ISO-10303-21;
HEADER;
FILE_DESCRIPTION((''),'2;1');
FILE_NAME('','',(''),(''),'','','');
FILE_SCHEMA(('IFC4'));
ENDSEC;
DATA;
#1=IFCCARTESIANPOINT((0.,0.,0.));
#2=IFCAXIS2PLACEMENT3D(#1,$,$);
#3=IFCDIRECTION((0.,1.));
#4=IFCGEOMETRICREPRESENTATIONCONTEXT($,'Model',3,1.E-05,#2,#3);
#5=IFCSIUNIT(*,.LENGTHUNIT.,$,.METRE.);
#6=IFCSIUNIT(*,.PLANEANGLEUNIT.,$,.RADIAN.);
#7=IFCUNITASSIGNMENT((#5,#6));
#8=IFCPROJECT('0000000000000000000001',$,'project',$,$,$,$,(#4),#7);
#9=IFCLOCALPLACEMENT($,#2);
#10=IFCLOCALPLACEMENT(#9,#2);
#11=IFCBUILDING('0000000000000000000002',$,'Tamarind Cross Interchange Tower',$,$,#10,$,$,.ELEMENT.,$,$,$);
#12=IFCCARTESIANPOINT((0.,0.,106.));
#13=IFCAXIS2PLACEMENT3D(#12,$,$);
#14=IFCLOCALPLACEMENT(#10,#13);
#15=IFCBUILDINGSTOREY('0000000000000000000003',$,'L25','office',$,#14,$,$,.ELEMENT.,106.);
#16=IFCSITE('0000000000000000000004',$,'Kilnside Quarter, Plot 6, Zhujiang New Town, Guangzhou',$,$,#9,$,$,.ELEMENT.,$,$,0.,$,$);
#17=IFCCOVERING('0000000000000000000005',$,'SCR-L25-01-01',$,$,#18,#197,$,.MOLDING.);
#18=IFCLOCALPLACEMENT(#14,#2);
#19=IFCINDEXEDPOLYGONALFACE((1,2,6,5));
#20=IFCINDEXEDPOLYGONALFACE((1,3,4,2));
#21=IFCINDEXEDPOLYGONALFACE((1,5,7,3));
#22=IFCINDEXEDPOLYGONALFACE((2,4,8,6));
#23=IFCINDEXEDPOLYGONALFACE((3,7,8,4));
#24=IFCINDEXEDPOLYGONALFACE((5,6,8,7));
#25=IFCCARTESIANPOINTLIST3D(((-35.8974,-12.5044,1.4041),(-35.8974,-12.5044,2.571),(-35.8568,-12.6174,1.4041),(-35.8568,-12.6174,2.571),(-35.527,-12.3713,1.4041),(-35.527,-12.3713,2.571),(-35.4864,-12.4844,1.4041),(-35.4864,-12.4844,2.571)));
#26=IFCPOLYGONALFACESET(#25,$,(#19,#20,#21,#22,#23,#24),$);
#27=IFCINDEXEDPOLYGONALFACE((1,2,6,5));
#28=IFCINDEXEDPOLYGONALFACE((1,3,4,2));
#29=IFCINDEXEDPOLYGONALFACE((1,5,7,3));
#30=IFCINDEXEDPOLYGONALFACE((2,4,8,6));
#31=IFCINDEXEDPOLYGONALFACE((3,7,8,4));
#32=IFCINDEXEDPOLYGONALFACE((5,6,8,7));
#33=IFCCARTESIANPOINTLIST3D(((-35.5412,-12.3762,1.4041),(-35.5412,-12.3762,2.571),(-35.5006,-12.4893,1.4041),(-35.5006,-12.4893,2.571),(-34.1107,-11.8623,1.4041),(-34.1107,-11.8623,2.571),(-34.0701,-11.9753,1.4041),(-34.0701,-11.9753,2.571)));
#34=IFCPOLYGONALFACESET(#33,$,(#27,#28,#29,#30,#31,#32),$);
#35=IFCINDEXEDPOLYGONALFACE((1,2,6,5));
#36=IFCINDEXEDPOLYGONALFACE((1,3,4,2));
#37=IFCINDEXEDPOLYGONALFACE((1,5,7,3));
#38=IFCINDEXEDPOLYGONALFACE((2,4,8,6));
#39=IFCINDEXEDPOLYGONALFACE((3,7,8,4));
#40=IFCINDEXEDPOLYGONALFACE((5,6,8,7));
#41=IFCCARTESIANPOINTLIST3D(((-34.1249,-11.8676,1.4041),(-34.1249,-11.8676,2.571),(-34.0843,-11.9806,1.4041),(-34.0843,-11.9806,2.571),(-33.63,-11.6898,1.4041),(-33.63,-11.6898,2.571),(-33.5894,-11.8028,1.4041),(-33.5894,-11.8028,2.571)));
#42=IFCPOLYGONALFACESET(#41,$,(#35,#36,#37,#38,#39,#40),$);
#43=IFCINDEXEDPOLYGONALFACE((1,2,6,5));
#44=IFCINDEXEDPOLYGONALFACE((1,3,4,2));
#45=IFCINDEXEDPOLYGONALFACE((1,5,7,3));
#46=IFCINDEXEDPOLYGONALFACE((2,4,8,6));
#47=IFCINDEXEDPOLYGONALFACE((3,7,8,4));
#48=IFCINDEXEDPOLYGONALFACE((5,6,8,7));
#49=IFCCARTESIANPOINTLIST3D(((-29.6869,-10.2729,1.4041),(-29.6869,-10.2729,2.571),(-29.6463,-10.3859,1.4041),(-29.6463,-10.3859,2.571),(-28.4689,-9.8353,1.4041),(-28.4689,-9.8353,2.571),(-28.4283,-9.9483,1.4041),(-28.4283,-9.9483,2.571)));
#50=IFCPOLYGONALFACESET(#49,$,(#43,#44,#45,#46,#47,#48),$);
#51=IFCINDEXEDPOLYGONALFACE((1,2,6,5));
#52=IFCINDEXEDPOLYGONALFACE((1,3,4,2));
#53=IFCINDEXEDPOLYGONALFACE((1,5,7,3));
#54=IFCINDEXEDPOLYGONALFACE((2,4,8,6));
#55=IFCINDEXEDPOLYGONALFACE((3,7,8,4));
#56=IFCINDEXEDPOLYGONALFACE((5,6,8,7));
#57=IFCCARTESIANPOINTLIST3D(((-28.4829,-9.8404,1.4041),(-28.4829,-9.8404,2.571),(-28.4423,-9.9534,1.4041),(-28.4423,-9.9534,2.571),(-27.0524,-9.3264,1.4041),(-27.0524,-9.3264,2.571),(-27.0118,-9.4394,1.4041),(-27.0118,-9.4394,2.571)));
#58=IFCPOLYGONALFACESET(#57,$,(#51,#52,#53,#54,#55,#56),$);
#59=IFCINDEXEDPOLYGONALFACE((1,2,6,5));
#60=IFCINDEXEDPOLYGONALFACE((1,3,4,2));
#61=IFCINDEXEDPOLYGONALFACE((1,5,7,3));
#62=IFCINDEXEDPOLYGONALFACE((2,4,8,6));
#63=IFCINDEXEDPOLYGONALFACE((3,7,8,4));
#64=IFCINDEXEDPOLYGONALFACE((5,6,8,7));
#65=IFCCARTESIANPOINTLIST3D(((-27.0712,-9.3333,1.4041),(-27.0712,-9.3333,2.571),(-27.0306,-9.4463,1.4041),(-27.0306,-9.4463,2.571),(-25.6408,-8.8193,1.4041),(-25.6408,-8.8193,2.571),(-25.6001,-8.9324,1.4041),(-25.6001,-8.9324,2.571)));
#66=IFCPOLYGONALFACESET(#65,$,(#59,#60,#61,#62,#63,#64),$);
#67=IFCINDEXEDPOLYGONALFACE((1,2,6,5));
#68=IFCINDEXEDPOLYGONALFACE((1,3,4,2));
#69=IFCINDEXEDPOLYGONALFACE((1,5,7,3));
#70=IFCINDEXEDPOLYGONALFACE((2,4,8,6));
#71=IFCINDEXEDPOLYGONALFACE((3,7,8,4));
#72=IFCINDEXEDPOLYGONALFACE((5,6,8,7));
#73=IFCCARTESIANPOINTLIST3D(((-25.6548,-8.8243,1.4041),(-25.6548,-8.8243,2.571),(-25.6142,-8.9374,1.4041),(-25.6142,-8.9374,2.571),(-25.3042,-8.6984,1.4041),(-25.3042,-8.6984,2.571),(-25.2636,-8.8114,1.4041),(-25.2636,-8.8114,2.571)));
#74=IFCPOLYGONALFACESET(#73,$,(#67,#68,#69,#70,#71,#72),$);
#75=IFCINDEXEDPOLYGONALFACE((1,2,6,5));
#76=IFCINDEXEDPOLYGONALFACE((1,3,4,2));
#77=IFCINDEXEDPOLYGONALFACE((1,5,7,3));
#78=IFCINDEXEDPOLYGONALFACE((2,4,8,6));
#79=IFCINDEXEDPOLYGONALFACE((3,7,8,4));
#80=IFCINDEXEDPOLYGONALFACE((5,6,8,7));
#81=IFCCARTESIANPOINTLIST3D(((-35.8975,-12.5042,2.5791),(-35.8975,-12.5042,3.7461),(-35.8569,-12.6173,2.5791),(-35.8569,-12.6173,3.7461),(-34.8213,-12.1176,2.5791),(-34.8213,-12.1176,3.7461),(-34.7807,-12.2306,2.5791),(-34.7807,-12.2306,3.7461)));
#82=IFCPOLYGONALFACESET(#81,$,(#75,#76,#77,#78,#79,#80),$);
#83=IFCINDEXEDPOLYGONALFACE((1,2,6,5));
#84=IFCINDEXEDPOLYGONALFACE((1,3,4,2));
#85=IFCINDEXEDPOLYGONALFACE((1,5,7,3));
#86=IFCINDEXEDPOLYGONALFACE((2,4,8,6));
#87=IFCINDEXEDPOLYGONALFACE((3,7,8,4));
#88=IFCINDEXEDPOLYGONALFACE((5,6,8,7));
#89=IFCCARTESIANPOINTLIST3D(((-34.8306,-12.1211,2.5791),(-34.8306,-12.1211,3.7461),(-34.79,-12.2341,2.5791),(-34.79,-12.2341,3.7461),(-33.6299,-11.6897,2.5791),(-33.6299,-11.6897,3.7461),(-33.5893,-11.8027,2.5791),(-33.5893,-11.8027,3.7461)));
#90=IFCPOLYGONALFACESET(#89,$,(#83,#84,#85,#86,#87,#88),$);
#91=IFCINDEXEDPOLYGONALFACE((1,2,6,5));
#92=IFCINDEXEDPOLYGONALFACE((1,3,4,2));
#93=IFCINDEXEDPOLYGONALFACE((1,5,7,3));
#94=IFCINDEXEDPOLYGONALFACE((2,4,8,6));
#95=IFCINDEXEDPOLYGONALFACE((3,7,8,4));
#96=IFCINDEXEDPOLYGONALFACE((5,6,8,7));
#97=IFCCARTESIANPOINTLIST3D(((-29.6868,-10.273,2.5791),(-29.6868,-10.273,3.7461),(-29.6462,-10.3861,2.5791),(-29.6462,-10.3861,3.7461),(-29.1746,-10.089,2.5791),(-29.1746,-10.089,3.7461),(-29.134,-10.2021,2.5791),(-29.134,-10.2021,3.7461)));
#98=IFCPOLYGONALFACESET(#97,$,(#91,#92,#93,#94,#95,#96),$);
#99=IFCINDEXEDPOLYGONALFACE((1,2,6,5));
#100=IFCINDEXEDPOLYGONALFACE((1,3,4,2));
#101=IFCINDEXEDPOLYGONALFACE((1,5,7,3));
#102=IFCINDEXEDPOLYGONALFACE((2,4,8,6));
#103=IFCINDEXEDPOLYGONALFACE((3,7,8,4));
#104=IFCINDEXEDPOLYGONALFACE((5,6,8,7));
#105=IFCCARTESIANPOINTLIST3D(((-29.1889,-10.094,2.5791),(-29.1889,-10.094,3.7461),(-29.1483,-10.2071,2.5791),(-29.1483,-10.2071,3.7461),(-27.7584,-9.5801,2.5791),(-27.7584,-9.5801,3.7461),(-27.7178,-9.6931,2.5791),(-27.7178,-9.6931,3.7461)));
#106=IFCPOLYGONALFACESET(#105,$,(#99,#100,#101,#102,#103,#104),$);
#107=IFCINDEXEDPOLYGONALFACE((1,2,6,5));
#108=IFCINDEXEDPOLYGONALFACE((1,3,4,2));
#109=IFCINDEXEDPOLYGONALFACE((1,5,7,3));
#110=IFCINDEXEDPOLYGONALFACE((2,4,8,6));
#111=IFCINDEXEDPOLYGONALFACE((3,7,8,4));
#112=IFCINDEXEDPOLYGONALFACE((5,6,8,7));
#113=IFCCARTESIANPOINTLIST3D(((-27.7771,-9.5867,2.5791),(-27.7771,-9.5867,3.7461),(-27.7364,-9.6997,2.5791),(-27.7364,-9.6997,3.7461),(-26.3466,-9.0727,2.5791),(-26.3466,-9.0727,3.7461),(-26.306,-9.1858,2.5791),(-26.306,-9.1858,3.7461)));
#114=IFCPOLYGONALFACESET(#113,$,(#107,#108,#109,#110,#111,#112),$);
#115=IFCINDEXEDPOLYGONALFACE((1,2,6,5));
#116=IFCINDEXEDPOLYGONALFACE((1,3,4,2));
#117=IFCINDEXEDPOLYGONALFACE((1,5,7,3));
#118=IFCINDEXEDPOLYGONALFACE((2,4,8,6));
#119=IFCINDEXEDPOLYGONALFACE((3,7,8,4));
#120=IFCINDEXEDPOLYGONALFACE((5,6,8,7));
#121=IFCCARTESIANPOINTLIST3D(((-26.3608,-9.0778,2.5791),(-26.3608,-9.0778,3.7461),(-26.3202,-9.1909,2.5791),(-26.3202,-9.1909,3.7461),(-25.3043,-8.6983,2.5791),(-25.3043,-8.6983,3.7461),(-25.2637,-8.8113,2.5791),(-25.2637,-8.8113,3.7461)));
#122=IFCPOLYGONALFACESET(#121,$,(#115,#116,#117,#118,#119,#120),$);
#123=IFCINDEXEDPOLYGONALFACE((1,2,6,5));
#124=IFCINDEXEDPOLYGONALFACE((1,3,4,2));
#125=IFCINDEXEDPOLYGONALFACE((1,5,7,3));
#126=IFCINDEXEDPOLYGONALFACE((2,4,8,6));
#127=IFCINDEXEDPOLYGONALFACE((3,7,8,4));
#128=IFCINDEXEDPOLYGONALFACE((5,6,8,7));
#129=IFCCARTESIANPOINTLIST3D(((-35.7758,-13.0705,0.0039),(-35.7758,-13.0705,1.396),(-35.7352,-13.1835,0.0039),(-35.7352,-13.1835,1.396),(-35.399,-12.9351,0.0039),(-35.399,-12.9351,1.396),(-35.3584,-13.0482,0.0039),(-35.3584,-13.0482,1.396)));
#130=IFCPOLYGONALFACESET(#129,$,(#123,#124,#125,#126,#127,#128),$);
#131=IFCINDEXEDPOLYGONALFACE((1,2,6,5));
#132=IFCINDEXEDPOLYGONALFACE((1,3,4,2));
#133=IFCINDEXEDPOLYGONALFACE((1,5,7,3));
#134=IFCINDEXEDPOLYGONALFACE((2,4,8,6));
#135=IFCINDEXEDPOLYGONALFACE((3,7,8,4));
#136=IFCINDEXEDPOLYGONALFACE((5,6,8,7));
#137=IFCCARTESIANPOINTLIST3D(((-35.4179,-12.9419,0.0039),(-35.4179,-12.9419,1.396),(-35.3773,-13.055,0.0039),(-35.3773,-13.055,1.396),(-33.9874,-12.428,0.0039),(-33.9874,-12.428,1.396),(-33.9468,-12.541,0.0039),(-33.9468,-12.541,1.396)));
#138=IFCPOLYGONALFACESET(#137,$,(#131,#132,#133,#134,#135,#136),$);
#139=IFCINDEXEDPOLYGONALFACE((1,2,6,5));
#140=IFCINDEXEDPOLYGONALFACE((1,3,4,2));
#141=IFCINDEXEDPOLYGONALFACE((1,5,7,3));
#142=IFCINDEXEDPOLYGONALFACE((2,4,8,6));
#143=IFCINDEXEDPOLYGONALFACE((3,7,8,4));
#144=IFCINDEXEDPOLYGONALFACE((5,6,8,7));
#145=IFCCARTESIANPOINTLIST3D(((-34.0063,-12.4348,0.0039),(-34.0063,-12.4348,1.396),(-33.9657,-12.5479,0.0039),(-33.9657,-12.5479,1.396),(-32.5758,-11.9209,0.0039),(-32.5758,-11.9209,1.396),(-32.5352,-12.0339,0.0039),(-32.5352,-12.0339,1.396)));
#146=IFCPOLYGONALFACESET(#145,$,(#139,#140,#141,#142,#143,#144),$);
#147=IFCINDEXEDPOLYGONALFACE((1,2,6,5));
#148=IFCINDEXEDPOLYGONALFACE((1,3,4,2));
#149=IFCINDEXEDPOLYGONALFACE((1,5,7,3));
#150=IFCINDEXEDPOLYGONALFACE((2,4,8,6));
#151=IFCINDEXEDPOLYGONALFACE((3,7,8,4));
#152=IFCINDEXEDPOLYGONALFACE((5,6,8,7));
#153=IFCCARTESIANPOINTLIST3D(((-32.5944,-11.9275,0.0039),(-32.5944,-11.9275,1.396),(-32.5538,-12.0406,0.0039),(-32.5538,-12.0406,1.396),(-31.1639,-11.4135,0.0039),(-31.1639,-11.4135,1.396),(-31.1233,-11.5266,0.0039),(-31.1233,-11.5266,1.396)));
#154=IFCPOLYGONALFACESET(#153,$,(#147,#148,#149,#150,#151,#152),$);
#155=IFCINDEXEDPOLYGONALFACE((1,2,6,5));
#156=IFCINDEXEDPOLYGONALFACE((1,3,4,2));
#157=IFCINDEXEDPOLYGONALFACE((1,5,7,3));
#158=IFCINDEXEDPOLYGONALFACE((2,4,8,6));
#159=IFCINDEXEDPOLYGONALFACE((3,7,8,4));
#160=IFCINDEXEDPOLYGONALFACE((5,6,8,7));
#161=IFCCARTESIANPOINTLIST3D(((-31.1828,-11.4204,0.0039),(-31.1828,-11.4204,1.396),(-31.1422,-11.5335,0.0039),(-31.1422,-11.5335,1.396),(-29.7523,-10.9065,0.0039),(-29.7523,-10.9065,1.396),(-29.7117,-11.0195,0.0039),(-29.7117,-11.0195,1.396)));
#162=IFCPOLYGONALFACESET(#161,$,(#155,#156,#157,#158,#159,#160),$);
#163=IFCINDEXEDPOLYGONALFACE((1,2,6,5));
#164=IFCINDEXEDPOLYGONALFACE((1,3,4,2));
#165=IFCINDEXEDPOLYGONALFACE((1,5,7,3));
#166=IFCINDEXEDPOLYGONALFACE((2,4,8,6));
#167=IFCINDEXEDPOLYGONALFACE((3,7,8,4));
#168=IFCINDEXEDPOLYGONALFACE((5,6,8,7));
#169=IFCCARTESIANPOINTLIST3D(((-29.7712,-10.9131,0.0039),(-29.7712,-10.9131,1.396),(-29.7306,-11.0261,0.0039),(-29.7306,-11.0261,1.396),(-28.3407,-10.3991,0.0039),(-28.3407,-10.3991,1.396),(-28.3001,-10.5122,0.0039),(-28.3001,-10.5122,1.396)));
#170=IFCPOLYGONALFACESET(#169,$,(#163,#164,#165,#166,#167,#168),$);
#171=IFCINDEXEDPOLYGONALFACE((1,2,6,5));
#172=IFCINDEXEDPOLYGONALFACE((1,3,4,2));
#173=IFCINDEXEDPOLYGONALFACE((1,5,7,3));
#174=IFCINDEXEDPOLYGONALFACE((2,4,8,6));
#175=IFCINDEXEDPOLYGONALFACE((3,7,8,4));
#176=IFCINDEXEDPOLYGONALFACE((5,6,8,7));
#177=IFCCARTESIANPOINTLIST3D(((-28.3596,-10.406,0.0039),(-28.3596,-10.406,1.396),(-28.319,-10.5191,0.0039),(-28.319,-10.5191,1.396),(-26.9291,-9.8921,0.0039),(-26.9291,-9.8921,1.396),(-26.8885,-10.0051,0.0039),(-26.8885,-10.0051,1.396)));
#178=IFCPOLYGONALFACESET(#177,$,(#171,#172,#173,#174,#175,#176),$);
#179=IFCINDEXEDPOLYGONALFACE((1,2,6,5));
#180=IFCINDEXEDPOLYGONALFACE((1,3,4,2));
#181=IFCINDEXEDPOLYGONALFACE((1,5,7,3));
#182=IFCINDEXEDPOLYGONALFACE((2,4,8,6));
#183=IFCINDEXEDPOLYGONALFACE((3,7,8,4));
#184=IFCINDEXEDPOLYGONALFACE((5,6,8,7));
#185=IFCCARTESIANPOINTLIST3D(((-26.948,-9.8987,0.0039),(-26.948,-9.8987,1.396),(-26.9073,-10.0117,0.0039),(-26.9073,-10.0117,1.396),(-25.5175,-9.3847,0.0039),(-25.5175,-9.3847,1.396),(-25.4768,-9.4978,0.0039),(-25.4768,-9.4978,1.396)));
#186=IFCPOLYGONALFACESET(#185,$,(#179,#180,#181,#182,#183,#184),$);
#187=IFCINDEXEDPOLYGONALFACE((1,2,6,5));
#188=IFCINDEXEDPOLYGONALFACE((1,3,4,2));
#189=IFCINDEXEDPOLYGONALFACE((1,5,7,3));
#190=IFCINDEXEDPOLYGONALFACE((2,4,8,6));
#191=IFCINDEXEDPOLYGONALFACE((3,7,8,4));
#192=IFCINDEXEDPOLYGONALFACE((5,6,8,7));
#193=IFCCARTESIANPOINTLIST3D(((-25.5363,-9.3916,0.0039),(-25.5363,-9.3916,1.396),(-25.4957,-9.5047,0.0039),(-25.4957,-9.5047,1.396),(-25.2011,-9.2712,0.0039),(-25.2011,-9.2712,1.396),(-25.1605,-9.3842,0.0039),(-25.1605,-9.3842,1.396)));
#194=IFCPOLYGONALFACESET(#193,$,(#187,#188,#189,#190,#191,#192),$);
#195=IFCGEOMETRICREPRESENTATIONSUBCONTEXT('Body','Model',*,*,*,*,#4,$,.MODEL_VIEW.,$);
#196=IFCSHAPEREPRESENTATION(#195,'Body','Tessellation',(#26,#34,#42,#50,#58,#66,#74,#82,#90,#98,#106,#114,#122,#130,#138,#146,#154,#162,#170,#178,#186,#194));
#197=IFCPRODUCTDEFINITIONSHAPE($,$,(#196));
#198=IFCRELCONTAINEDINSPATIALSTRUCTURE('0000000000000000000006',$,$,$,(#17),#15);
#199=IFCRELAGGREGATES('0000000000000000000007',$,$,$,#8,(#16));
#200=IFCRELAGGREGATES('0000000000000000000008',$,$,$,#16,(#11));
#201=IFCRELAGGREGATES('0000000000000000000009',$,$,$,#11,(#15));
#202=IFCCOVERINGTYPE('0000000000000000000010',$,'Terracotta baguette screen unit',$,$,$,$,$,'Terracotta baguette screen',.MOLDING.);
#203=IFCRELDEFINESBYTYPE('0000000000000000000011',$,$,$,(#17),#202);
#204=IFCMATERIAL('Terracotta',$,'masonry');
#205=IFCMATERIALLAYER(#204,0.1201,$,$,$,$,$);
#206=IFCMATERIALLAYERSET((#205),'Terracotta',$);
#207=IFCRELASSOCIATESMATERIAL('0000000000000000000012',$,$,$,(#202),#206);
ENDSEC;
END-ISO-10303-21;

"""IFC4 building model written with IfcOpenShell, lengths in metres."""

from ifc_helpers import new_model, si_unit, direction, frame, origin, origin_2d, place, context, subcontext, project, spatial, rectangle, extrude, material, layer, layer_set, type_object, element, save


model = new_model("IFC4")

# Units and contexts
model_context = context("Model", 3, precision=1e-05, world=origin(), true_north=direction((0.0, 1.0)))
body_context = subcontext(model_context, "Body", "Model", "MODEL_VIEW")
ifc_project = project(units=[si_unit("LENGTHUNIT", "METRE"), si_unit("PLANEANGLEUNIT", "RADIAN")], contexts=[model_context])

# Site, building, storey
site_placement = place(None, origin())
site = spatial("IfcSite", under=ifc_project, at=site_placement, Name="Kilnside Quarter, Plot 6, Zhujiang New Town, Guangzhou", CompositionType="ELEMENT", RefElevation=0.0)
building_placement = place(site_placement, origin())
building = spatial("IfcBuilding", under=site, at=building_placement, Name="Tamarind Cross Interchange Tower", CompositionType="ELEMENT")
storey_placement = place(building_placement, frame((0.0, 0.0, 106.0)))
storey = spatial("IfcBuildingStorey", under=building, at=storey_placement, Name="L25", Description="office", CompositionType="ELEMENT", Elevation=106.0)

# Covering
ifc_material_1 = material(Name="Terracotta", Category="masonry")
ifc_layer_1 = layer(ifc_material_1, 0.1201)
ifc_layer_set_1 = layer_set([ifc_layer_1], Name="Terracotta")
covering_type = type_object("IfcCoveringType", Name="Terracotta baguette screen unit", ElementType="Terracotta baguette screen", PredefinedType="MOLDING", material=ifc_layer_set_1)
covering_placement = place(storey_placement, origin())
element("IfcCovering", 1, at=covering_placement, inside=storey, type_object=covering_type, Name="SCR-L25-01-01", PredefinedType="MOLDING", context=body_context, shape_type="SweptSolid", body=[
    extrude(rectangle(XDim=0.3936, YDim=0.1201, at=origin_2d()), frame((-35.6919, -12.4944, 1.4041), z_axis=(0.0, 0.0, 1.0), x_axis=(0.9411, 0.338129, 0.0)), (0.0, 0.0, 1.0), 1.167),
    extrude(rectangle(XDim=1.52, YDim=0.1201, at=origin_2d()), frame((-34.8057, -12.1758, 1.4041), z_axis=(0.0, 0.0, 1.0), x_axis=(0.9411, 0.338129, 0.0)), (0.0, 0.0, 1.0), 1.167),
    extrude(rectangle(XDim=0.5259, YDim=0.1201, at=origin_2d()), frame((-33.8572, -11.8352, 1.4041), z_axis=(0.0, 0.0, 1.0), x_axis=(0.9411, 0.338129, 0.0)), (0.0, 0.0, 1.0), 1.167),
    extrude(rectangle(XDim=1.2942, YDim=0.1201, at=origin_2d()), frame((-29.0576, -10.1106, 1.4041), z_axis=(0.0, 0.0, 1.0), x_axis=(0.9411, 0.338129, 0.0)), (0.0, 0.0, 1.0), 1.167),
    extrude(rectangle(XDim=1.52, YDim=0.1201, at=origin_2d()), frame((-27.7473, -9.6399, 1.4041), z_axis=(0.0, 0.0, 1.0), x_axis=(0.9411, 0.338129, 0.0)), (0.0, 0.0, 1.0), 1.167),
    extrude(rectangle(XDim=1.52, YDim=0.1201, at=origin_2d()), frame((-26.3357, -9.1328, 1.4041), z_axis=(0.0, 0.0, 1.0), x_axis=(0.9411, 0.338129, 0.0)), (0.0, 0.0, 1.0), 1.167),
    extrude(rectangle(XDim=0.3726, YDim=0.1201, at=origin_2d()), frame((-25.4592, -8.8179, 1.4041), z_axis=(0.0, 0.0, 1.0), x_axis=(0.9411, 0.338129, 0.0)), (0.0, 0.0, 1.0), 1.167),
    extrude(rectangle(XDim=1.1436, YDim=0.1201, at=origin_2d()), frame((-35.3391, -12.3674, 2.5791), z_axis=(0.0, 0.0, 1.0), x_axis=(0.9411, 0.338129, 0.0)), (0.0, 0.0, 1.0), 1.167),
    extrude(rectangle(XDim=1.2759, YDim=0.1201, at=origin_2d()), frame((-34.21, -11.9619, 2.5791), z_axis=(0.0, 0.0, 1.0), x_axis=(0.9411, 0.338129, 0.0)), (0.0, 0.0, 1.0), 1.167),
    extrude(rectangle(XDim=0.5442, YDim=0.1201, at=origin_2d()), frame((-29.4104, -10.2375, 2.5791), z_axis=(0.0, 0.0, 1.0), x_axis=(0.9411, 0.338129, 0.0)), (0.0, 0.0, 1.0), 1.167),
    extrude(rectangle(XDim=1.52, YDim=0.1201, at=origin_2d()), frame((-28.4534, -9.8936, 2.5791), z_axis=(0.0, 0.0, 1.0), x_axis=(0.9411, 0.338129, 0.0)), (0.0, 0.0, 1.0), 1.167),
    extrude(rectangle(XDim=1.52, YDim=0.1201, at=origin_2d()), frame((-27.0415, -9.3862, 2.5791), z_axis=(0.0, 0.0, 1.0), x_axis=(0.9411, 0.338129, 0.0)), (0.0, 0.0, 1.0), 1.167),
    extrude(rectangle(XDim=1.1226, YDim=0.1201, at=origin_2d()), frame((-25.8123, -8.9446, 2.5791), z_axis=(0.0, 0.0, 1.0), x_axis=(0.9411, 0.338129, 0.0)), (0.0, 0.0, 1.0), 1.167),
    extrude(rectangle(XDim=0.4004, YDim=0.1201, at=origin_2d()), frame((-35.5671, -13.0593, 0.0039), z_axis=(0.0, 0.0, 1.0), x_axis=(0.9411, 0.338129, 0.0)), (0.0, 0.0, 1.0), 1.3921),
    extrude(rectangle(XDim=1.52, YDim=0.1201, at=origin_2d()), frame((-34.6824, -12.7415, 0.0039), z_axis=(0.0, 0.0, 1.0), x_axis=(0.9411, 0.338129, 0.0)), (0.0, 0.0, 1.0), 1.3921),
    extrude(rectangle(XDim=1.52, YDim=0.1201, at=origin_2d()), frame((-33.2708, -12.2344, 0.0039), z_axis=(0.0, 0.0, 1.0), x_axis=(0.9411, 0.338129, 0.0)), (0.0, 0.0, 1.0), 1.3921),
    extrude(rectangle(XDim=1.52, YDim=0.1201, at=origin_2d()), frame((-31.8589, -11.7271, 0.0039), z_axis=(0.0, 0.0, 1.0), x_axis=(0.9411, 0.338129, 0.0)), (0.0, 0.0, 1.0), 1.3921),
    extrude(rectangle(XDim=1.52, YDim=0.1201, at=origin_2d()), frame((-30.4473, -11.22, 0.0039), z_axis=(0.0, 0.0, 1.0), x_axis=(0.9411, 0.338129, 0.0)), (0.0, 0.0, 1.0), 1.3921),
    extrude(rectangle(XDim=1.52, YDim=0.1201, at=origin_2d()), frame((-29.0356, -10.7126, 0.0039), z_axis=(0.0, 0.0, 1.0), x_axis=(0.9411, 0.338129, 0.0)), (0.0, 0.0, 1.0), 1.3921),
    extrude(rectangle(XDim=1.52, YDim=0.1201, at=origin_2d()), frame((-27.624, -10.2056, 0.0039), z_axis=(0.0, 0.0, 1.0), x_axis=(0.9411, 0.338129, 0.0)), (0.0, 0.0, 1.0), 1.3921),
    extrude(rectangle(XDim=1.52, YDim=0.1201, at=origin_2d()), frame((-26.2124, -9.6982, 0.0039), z_axis=(0.0, 0.0, 1.0), x_axis=(0.9411, 0.338129, 0.0)), (0.0, 0.0, 1.0), 1.3921),
    extrude(rectangle(XDim=0.3562, YDim=0.1201, at=origin_2d()), frame((-25.3484, -9.3879, 0.0039), z_axis=(0.0, 0.0, 1.0), x_axis=(0.9411, 0.338129, 0.0)), (0.0, 0.0, 1.0), 1.3921),
])

save(model, "model.ifc")
